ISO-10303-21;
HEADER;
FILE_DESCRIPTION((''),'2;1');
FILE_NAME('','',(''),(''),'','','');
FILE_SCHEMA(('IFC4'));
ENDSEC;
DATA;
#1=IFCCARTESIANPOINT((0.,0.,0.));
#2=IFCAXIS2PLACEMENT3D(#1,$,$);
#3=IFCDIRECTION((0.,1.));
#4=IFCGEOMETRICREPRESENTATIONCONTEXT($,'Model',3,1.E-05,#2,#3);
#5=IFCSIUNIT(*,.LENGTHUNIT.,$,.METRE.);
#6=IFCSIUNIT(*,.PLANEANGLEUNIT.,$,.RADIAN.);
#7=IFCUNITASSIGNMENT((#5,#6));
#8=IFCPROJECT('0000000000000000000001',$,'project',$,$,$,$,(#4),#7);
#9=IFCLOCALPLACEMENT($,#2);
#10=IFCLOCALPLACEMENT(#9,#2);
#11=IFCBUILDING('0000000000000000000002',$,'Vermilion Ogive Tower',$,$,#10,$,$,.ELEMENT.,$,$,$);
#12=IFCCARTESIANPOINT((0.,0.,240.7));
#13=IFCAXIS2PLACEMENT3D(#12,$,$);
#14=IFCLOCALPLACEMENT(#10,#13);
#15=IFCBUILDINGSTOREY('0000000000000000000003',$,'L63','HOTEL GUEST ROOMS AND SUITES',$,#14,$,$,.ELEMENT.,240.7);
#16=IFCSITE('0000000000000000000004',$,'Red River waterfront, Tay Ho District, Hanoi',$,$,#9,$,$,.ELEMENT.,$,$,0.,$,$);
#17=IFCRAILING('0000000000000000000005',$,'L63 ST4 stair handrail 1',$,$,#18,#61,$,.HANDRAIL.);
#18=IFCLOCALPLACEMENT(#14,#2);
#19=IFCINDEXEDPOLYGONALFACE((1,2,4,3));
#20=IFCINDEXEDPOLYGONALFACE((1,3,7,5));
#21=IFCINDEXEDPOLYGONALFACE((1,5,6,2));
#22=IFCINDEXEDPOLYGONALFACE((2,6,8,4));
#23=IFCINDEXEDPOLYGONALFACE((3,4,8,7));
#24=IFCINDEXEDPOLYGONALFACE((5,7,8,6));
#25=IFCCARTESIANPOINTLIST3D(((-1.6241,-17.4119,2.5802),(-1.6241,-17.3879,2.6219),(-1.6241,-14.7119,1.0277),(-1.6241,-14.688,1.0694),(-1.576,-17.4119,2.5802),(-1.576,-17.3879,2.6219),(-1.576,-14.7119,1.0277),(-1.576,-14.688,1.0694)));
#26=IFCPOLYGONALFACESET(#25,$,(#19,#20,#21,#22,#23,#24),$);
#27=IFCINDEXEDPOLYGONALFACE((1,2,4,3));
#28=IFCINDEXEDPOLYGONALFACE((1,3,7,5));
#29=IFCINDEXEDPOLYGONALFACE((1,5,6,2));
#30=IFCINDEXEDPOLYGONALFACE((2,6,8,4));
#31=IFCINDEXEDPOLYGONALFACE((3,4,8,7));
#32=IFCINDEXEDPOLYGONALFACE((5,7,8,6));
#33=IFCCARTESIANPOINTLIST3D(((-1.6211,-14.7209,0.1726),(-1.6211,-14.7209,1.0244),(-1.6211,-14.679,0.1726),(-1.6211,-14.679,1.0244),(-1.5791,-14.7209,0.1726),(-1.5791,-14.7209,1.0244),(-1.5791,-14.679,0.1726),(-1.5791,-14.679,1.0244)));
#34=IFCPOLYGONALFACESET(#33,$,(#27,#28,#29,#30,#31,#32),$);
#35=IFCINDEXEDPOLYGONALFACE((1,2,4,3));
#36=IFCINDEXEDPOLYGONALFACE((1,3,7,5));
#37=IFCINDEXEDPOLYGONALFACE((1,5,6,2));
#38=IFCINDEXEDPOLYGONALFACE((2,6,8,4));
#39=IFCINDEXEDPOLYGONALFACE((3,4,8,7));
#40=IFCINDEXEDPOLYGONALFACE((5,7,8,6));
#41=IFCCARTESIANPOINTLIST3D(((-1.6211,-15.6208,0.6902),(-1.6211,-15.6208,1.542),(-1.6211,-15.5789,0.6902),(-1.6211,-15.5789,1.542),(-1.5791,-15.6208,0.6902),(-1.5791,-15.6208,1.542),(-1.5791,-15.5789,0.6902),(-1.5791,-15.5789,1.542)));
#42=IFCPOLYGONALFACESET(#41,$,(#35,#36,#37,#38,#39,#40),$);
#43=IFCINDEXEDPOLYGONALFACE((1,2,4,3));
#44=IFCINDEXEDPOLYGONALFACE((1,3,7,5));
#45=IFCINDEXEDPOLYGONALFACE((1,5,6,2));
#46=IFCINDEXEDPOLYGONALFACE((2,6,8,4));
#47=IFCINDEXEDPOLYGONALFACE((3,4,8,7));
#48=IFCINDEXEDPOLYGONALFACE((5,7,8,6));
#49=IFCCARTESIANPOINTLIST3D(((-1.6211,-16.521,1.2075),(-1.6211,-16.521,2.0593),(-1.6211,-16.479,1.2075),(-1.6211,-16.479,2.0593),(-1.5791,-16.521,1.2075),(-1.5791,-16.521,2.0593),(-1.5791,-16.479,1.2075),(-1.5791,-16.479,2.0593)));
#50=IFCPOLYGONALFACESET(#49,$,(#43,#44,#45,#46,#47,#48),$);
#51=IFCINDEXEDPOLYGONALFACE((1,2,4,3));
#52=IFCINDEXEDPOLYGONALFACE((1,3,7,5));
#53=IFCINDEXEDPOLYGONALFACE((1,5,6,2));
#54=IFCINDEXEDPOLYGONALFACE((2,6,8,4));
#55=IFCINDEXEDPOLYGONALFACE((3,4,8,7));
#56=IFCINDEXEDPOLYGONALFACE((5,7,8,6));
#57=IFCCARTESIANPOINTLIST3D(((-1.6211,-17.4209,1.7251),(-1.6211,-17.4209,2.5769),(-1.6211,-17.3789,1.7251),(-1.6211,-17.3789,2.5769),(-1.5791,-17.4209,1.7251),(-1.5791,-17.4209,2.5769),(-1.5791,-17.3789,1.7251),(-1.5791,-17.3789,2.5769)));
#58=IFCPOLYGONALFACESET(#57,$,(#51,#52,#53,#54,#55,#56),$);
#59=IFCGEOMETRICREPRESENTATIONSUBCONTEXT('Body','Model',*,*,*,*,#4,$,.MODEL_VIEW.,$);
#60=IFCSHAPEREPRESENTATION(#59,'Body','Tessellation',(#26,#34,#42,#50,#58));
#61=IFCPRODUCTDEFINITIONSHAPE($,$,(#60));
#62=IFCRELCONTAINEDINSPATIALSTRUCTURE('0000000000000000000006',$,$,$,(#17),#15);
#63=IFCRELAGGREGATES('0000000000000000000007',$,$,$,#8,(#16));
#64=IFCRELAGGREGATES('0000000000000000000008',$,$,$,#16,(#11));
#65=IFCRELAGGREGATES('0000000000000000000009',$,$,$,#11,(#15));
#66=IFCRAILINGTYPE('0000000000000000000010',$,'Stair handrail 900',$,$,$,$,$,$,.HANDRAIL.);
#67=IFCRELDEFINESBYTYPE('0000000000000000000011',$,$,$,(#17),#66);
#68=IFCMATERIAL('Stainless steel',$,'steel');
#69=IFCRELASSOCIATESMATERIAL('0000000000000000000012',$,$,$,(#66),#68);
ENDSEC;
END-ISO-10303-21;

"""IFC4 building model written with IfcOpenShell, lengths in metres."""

from ifc_helpers import new_model, si_unit, direction, frame, origin, origin_2d, place, context, subcontext, project, spatial, rectangle, extrude, material, type_object, element, save


model = new_model("IFC4")

# Units and contexts
model_context = context("Model", 3, precision=1e-05, world=origin(), true_north=direction((0.0, 1.0)))
body_context = subcontext(model_context, "Body", "Model", "MODEL_VIEW")
ifc_project = project(units=[si_unit("LENGTHUNIT", "METRE"), si_unit("PLANEANGLEUNIT", "RADIAN")], contexts=[model_context])

# Site, building, storey
site_placement = place(None, origin())
site = spatial("IfcSite", under=ifc_project, at=site_placement, Name="Red River waterfront, Tay Ho District, Hanoi", CompositionType="ELEMENT", RefElevation=0.0)
building_placement = place(site_placement, origin())
building = spatial("IfcBuilding", under=site, at=building_placement, Name="Vermilion Ogive Tower", CompositionType="ELEMENT")
storey_placement = place(building_placement, frame((0.0, 0.0, 240.7)))
storey = spatial("IfcBuildingStorey", under=building, at=storey_placement, Name="L63", Description="HOTEL GUEST ROOMS AND SUITES", CompositionType="ELEMENT", Elevation=240.7)

# Railing
ifc_material_1 = material(Name="Stainless steel", Category="steel")
railing_type_1 = type_object("IfcRailingType", Name="Stair handrail 900", PredefinedType="HANDRAIL", material=ifc_material_1)
railing_1_placement = place(storey_placement, frame((-1.6001, -14.7, 0.1726)))
element("IfcRailing", 1, at=railing_1_placement, inside=storey, type_object=railing_type_1, Name="L63 ST4 stair handrail 1", PredefinedType="HANDRAIL", context=body_context, shape_type="SweptSolid", body=[
    extrude(rectangle(XDim=0.0481, YDim=0.0481, at=origin_2d()), frame((0.0, 0.0, 0.876), z_axis=(0.0, -0.866904, 0.498476), x_axis=(1.0, 0.0, 0.0)), (0.0, 0.0, 1.0), 3.1145),
    extrude(rectangle(XDim=0.042, YDim=0.042, at=origin_2d()), origin(), (0.0, 0.0, 1.0), 0.8518),
    extrude(rectangle(XDim=0.042, YDim=0.042, at=origin_2d()), frame((0.0, -0.8999, 0.5176)), (0.0, 0.0, 1.0), 0.8518),
    extrude(rectangle(XDim=0.042, YDim=0.042, at=origin_2d()), frame((0.0, -1.8, 1.0349)), (0.0, 0.0, 1.0), 0.8518),
    extrude(rectangle(XDim=0.042, YDim=0.042, at=origin_2d()), frame((0.0, -2.7, 1.5525)), (0.0, 0.0, 1.0), 0.8518),
])

save(model, "model.ifc")
